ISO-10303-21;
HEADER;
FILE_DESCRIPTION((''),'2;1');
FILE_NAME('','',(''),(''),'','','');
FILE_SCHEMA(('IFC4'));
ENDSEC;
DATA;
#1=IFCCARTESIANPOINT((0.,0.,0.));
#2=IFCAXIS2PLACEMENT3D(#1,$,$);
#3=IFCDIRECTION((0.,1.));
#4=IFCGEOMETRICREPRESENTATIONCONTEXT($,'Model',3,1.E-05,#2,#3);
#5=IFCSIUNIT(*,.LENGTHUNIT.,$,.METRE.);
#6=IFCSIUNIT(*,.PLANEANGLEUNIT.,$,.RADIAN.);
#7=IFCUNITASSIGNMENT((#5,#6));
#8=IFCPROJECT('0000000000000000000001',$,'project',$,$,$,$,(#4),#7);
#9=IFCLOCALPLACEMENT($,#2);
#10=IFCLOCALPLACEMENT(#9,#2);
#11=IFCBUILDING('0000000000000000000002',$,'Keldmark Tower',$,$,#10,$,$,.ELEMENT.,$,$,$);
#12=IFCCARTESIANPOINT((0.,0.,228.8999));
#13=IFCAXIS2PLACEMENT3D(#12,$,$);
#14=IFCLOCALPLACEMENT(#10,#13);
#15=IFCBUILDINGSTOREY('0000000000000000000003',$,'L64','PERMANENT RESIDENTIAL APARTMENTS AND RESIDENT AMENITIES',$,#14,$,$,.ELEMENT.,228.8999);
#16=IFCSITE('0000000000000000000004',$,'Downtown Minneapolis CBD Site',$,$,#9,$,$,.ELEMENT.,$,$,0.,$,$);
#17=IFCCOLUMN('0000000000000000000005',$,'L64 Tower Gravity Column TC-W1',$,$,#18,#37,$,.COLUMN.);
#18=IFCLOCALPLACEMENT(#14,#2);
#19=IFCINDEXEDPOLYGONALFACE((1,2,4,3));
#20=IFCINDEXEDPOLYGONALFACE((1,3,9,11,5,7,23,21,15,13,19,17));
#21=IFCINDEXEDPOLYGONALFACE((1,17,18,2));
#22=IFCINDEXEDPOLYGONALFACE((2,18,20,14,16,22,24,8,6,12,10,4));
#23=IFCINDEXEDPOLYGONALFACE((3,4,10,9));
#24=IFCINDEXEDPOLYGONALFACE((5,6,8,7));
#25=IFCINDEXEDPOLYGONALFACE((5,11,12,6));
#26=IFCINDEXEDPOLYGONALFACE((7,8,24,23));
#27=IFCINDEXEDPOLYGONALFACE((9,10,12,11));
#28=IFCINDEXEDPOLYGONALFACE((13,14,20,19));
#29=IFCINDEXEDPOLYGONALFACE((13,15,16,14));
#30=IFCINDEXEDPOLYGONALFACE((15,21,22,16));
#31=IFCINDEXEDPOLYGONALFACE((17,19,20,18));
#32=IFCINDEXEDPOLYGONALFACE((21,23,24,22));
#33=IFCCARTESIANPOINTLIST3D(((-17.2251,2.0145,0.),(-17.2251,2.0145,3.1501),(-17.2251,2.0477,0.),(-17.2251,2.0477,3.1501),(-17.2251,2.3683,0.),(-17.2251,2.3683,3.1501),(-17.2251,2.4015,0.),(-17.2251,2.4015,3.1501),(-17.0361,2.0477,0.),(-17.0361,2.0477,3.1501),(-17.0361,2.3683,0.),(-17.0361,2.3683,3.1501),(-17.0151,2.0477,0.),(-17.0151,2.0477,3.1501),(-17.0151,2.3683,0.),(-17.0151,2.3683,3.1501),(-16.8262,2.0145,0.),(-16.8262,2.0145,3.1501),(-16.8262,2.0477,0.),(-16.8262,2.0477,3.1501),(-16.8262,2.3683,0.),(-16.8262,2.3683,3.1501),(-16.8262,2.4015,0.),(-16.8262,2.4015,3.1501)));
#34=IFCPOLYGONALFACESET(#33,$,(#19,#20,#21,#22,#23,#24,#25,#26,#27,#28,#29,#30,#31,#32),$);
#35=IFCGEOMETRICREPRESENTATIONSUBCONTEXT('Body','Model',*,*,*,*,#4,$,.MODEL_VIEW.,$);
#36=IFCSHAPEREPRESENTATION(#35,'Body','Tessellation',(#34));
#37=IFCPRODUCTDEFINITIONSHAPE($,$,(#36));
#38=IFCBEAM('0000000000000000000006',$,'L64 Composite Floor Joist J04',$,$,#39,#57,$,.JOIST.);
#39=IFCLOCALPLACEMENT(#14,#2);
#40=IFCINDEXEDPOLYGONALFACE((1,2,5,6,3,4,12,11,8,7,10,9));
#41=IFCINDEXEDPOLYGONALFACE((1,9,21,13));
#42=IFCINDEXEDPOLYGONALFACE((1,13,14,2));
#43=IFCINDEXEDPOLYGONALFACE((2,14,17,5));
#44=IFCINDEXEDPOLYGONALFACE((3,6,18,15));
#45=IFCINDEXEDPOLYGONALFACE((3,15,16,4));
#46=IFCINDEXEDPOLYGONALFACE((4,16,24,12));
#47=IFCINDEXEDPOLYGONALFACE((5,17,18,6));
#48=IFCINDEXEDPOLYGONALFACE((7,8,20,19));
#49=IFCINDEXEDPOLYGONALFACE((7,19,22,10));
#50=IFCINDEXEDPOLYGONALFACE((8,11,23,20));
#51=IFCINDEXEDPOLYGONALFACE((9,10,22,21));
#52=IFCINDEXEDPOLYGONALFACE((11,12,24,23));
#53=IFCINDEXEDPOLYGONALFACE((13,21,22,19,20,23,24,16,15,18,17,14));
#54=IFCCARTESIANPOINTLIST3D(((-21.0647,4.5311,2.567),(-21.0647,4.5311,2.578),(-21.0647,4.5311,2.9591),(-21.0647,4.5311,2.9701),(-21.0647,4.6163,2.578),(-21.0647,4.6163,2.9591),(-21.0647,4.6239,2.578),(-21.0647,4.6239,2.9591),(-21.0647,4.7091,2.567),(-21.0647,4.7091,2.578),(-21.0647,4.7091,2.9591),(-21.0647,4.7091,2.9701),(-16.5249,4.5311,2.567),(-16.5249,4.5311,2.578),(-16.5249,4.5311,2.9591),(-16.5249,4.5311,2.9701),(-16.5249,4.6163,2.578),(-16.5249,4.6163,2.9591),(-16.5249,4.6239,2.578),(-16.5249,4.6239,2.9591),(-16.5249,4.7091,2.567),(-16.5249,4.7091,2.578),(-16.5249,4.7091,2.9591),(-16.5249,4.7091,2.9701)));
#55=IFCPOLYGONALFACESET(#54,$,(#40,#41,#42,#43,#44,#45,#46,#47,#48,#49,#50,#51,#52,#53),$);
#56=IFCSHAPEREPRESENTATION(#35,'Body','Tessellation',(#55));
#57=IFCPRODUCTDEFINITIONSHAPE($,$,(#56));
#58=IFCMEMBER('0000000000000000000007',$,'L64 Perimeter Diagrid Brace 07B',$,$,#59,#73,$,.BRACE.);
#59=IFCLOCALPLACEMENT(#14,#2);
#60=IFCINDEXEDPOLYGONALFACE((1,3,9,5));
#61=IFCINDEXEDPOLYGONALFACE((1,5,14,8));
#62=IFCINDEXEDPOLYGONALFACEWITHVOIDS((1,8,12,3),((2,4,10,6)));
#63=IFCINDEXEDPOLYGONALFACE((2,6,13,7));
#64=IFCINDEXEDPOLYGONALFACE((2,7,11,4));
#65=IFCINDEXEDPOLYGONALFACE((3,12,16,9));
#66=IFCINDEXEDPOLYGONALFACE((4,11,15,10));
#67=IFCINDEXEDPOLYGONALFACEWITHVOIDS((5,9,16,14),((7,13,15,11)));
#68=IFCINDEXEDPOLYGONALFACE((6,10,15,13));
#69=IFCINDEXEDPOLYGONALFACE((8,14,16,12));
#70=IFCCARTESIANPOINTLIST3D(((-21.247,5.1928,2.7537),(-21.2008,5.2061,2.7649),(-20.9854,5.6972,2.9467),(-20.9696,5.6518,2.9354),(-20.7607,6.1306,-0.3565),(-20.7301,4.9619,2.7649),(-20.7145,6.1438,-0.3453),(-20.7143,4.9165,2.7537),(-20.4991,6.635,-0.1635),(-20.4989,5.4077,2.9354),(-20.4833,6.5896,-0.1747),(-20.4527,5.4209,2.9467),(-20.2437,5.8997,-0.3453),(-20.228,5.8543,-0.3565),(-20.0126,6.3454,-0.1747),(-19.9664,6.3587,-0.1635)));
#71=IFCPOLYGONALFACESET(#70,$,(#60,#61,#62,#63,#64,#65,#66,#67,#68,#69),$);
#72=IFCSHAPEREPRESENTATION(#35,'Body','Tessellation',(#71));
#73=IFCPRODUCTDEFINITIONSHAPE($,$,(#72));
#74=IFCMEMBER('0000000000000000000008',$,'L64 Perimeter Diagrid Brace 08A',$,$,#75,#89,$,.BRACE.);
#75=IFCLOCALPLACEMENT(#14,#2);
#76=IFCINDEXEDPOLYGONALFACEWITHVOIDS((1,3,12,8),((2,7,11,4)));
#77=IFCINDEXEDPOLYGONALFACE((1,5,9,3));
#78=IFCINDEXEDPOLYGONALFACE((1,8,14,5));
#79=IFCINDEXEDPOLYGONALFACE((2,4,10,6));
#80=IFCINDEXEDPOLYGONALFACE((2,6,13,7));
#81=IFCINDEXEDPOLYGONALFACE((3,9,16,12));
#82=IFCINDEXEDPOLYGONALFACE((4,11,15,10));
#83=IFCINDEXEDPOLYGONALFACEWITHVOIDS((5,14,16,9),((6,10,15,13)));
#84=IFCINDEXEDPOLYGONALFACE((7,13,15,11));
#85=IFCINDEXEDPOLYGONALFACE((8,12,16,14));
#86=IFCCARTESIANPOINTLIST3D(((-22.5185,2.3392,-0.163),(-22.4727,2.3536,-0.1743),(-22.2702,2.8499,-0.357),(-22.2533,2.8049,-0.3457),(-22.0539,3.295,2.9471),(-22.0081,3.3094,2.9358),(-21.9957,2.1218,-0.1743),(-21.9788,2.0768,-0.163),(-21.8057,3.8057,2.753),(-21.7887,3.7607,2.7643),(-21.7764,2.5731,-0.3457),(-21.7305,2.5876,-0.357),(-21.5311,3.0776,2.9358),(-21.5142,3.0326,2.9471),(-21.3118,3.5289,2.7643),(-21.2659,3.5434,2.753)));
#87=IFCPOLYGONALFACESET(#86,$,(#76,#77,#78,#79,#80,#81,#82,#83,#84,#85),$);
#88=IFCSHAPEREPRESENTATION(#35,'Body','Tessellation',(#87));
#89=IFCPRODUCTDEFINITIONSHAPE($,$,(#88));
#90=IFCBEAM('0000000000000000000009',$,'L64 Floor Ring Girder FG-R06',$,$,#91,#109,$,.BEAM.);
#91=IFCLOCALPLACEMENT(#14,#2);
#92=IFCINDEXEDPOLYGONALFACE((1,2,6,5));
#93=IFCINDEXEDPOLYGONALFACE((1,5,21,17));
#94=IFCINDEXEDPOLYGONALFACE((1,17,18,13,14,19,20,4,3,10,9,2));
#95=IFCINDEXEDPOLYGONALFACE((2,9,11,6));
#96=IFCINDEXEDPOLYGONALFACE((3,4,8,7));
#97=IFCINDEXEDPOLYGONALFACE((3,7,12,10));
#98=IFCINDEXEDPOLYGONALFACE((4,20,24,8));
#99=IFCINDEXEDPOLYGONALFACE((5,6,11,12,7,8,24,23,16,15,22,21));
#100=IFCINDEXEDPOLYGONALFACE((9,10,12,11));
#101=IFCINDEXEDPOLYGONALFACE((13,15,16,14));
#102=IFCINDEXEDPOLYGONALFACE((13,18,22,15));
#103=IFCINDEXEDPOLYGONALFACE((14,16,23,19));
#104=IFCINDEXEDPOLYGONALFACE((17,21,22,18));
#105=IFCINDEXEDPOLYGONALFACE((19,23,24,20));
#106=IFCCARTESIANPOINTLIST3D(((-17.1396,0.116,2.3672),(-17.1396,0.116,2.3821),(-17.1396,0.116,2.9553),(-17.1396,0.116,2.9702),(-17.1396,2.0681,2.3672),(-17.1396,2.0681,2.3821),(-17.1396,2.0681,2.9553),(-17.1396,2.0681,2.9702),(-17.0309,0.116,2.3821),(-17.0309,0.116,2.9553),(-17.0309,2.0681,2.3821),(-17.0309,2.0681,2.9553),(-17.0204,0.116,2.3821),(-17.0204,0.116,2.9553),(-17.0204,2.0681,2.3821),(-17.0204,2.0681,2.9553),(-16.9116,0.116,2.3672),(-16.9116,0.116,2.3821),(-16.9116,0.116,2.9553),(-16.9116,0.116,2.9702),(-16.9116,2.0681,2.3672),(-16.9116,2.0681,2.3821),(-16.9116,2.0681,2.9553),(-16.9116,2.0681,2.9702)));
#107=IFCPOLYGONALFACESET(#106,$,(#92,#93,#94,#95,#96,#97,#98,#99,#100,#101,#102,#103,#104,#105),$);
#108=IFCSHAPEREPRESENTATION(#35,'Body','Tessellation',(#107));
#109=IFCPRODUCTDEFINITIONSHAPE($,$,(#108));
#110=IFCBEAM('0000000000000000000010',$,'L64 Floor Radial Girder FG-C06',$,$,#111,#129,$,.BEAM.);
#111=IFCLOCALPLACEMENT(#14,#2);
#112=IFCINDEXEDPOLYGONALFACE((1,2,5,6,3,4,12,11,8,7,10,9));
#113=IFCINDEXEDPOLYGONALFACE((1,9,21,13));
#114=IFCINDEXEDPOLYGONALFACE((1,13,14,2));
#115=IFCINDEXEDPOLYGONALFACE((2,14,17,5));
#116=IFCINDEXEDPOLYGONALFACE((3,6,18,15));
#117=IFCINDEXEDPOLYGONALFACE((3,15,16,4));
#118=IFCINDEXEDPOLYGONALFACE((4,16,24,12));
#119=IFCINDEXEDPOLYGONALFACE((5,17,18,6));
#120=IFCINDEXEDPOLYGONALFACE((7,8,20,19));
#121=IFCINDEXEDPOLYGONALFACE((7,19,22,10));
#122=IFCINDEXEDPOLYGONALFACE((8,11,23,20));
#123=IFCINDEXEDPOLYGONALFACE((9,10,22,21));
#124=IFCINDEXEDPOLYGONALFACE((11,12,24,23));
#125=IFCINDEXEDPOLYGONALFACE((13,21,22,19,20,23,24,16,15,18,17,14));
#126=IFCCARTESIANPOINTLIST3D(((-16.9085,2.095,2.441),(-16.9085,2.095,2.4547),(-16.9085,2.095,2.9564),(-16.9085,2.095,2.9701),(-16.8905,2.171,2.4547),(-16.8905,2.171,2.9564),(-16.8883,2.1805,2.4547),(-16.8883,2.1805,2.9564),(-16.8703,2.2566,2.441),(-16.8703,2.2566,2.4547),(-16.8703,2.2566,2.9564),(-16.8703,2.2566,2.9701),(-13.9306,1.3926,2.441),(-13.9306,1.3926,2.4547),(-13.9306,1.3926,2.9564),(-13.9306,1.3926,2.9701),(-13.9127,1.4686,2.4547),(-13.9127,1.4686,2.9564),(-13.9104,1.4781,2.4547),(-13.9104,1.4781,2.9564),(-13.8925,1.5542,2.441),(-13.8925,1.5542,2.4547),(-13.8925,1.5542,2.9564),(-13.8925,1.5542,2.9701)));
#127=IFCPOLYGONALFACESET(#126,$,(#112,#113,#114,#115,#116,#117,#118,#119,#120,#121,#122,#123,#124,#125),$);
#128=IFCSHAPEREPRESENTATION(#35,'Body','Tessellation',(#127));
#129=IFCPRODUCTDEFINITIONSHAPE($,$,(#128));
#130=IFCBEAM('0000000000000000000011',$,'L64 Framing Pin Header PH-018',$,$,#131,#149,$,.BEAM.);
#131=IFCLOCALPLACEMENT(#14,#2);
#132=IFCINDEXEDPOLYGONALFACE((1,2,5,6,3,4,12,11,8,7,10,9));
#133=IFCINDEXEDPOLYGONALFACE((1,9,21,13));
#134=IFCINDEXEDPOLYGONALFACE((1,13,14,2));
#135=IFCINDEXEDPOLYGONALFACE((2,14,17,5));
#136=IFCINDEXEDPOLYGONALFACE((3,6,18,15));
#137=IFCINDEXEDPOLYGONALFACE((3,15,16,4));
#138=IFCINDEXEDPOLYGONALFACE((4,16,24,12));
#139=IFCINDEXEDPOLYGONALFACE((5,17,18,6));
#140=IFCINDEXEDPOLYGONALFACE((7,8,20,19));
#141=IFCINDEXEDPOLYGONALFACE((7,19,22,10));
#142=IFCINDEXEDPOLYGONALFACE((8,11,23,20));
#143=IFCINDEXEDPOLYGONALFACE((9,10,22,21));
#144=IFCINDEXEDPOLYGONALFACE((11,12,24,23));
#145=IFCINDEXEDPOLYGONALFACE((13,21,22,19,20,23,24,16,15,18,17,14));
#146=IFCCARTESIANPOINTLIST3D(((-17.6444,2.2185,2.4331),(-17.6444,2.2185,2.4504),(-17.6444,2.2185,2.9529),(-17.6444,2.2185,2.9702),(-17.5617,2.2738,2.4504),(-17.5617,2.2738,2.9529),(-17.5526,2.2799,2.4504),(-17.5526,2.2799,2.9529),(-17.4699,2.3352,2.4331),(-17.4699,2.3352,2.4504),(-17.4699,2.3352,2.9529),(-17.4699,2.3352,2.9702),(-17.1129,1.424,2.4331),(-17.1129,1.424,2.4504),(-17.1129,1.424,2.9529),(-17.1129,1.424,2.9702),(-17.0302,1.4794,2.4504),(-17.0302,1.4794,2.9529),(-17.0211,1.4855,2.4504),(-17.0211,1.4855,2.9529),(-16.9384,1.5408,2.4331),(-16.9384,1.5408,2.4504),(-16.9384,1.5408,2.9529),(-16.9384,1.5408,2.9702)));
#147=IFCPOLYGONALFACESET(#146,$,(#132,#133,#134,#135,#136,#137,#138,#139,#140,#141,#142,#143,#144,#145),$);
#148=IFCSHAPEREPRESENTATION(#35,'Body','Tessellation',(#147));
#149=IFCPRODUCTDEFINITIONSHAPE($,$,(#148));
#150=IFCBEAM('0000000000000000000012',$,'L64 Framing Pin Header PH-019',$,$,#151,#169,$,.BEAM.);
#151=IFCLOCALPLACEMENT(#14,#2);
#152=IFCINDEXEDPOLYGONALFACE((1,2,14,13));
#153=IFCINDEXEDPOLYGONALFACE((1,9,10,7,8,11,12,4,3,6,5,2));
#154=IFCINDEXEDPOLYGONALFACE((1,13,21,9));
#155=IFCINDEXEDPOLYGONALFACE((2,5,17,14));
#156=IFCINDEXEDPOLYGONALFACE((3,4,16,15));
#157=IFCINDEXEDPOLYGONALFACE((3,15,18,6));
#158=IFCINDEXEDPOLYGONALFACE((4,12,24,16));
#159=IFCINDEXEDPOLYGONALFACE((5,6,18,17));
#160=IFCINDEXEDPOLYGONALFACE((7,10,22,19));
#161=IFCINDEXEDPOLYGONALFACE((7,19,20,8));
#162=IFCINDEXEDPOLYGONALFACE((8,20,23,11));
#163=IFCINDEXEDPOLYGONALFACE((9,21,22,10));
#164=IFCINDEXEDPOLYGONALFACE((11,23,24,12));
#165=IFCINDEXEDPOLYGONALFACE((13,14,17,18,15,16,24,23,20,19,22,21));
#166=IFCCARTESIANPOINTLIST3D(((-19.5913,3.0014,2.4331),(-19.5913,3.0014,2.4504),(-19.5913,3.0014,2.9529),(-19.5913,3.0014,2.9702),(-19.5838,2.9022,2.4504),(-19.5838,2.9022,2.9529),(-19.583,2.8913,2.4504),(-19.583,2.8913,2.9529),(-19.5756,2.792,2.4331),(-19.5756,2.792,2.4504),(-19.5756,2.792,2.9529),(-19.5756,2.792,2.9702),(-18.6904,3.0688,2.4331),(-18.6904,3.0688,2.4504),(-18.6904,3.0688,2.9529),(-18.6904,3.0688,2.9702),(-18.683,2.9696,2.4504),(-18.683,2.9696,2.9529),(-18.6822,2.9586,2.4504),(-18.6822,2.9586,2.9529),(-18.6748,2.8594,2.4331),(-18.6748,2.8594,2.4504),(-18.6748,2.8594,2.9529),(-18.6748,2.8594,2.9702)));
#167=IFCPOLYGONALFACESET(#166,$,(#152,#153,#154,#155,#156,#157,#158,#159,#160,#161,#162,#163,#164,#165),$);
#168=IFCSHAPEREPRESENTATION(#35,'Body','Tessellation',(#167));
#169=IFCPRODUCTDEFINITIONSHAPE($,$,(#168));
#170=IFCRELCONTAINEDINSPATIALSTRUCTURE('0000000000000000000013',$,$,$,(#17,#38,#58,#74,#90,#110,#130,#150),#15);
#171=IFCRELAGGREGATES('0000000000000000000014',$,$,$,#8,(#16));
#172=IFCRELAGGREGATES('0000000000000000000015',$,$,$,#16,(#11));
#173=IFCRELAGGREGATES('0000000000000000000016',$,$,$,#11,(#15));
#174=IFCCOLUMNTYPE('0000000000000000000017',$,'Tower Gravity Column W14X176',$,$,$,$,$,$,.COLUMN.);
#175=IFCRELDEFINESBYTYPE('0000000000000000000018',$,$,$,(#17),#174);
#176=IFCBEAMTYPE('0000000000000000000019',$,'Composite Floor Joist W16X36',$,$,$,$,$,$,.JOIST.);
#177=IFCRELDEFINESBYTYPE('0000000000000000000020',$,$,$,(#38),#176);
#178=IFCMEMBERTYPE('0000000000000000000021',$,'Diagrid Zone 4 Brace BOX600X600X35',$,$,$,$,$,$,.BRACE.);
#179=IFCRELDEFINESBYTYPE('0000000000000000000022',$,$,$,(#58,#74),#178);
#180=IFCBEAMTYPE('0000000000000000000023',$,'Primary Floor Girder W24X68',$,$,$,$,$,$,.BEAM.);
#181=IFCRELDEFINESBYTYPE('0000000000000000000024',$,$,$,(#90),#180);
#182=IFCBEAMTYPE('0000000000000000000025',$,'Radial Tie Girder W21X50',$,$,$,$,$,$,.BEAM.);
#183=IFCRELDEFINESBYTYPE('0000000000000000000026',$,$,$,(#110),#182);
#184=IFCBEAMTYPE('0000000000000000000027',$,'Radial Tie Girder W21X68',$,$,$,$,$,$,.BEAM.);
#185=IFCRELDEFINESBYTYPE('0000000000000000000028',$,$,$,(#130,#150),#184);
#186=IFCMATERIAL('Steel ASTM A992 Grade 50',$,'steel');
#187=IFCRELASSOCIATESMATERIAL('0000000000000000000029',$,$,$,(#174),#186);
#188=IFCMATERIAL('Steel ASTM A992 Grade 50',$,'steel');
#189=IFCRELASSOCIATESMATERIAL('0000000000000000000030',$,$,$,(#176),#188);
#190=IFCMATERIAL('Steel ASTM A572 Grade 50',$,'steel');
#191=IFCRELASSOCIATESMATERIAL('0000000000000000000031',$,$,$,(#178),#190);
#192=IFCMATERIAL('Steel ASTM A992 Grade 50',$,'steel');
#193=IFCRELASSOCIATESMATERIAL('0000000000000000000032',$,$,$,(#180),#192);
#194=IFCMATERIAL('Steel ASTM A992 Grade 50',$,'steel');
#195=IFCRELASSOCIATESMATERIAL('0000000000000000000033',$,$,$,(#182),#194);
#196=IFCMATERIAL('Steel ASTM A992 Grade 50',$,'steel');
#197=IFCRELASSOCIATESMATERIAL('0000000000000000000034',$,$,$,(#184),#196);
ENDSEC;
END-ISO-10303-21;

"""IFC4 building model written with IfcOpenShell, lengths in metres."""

from ifc_helpers import new_model, si_unit, direction, frame, origin, origin_2d, place, context, subcontext, project, spatial, hollow_rectangle, i_section, extrude, material, material_profile, profile_set, type_object, element, save


model = new_model("IFC4")

# Units and contexts
model_context = context("Model", 3, precision=1e-05, world=origin(), true_north=direction((0.0, 1.0)))
body_context = subcontext(model_context, "Body", "Model", "MODEL_VIEW")
ifc_project = project(units=[si_unit("LENGTHUNIT", "METRE"), si_unit("PLANEANGLEUNIT", "RADIAN")], contexts=[model_context])

# Site, building, storey
site_placement = place(None, origin())
site = spatial("IfcSite", under=ifc_project, at=site_placement, Name="Downtown Minneapolis CBD Site", CompositionType="ELEMENT", RefElevation=0.0)
building_placement = place(site_placement, origin())
building = spatial("IfcBuilding", under=site, at=building_placement, Name="Keldmark Tower", CompositionType="ELEMENT")
storey_placement = place(building_placement, frame((0.0, 0.0, 228.8999)))
storey = spatial("IfcBuildingStorey", under=building, at=storey_placement, Name="L64", Description="PERMANENT RESIDENTIAL APARTMENTS AND RESIDENT AMENITIES", CompositionType="ELEMENT", Elevation=228.8999)

# Column
ifc_material_1 = material(Name="Steel ASTM A992 Grade 50", Category="steel")
ifc_material_profile_1 = material_profile(ifc_material_1, i_section(OverallWidth=0.3989, OverallDepth=0.387, WebThickness=0.021, FlangeThickness=0.0332, at=origin_2d()), Name="W14X176")
ifc_profile_set_1 = profile_set([ifc_material_profile_1], Name="Steel ASTM A992 Grade 50")
column_type = type_object("IfcColumnType", Name="Tower Gravity Column W14X176", PredefinedType="COLUMN", material=ifc_profile_set_1)
column_placement = place(storey_placement, frame((-17.0256, 2.208, 0.0), z_axis=(0.0, 0.0, 1.0), x_axis=(1.0, 0.0, 0.0)))
element("IfcColumn", 1, at=column_placement, inside=storey, type_object=column_type, Name="L64 Tower Gravity Column TC-W1", PredefinedType="COLUMN", context=body_context, shape_type="SweptSolid", body=[
    extrude(i_section(OverallWidth=0.3989, OverallDepth=0.387, WebThickness=0.021, FlangeThickness=0.0332, at=origin_2d()), origin(), (0.0, 0.0, 1.0), 3.1501),
])

# Beam
ifc_material_2 = material(Name="Steel ASTM A992 Grade 50", Category="steel")
ifc_material_profile_2 = material_profile(ifc_material_2, i_section(OverallWidth=0.178, OverallDepth=0.4031, WebThickness=0.0076, FlangeThickness=0.011, at=origin_2d()), Name="W16X36")
ifc_profile_set_2 = profile_set([ifc_material_profile_2], Name="Steel ASTM A992 Grade 50")
beam_type_1 = type_object("IfcBeamType", Name="Composite Floor Joist W16X36", PredefinedType="JOIST", material=ifc_profile_set_2)
beam_1_placement = place(storey_placement, frame((-21.0647, 4.6201, 2.7686), z_axis=(1.0, 0.0, 0.0), x_axis=(0.0, 1.0, 0.0)))
element("IfcBeam", 2, at=beam_1_placement, inside=storey, type_object=beam_type_1, Name="L64 Composite Floor Joist J04", PredefinedType="JOIST", context=body_context, shape_type="SweptSolid", body=[
    extrude(i_section(OverallWidth=0.178, OverallDepth=0.4031, WebThickness=0.0076, FlangeThickness=0.011, at=origin_2d()), origin(), (0.0, 0.0, 1.0), 4.5398),
])

# Members
ifc_material_3 = material(Name="Steel ASTM A572 Grade 50", Category="steel")
ifc_material_profile_3 = material_profile(ifc_material_3, hollow_rectangle(XDim=0.6001, YDim=0.6001, WallThickness=0.0349, at=origin_2d()), Name="BOX600X600X35")
ifc_profile_set_3 = profile_set([ifc_material_profile_3], Name="Steel ASTM A572 Grade 50")
member_type = type_object("IfcMemberType", Name="Diagrid Zone 4 Brace BOX600X600X35", PredefinedType="BRACE", material=ifc_profile_set_3)
member_1_placement = place(storey_placement, frame((-20.3635, 6.2446, -0.26), z_axis=(-0.148063, -0.285497, 0.946873), x_axis=(0.88772, -0.460385, 0.0)))
element("IfcMember", 3, at=member_1_placement, inside=storey, type_object=member_type, Name="L64 Perimeter Diagrid Brace 07B", PredefinedType="BRACE", context=body_context, shape_type="SweptSolid", body=[
    extrude(hollow_rectangle(XDim=0.6001, YDim=0.6001, WallThickness=0.0349, at=origin_2d()), origin(), (0.0, 0.0, 1.0), 3.2847),
])
member_2_placement = place(storey_placement, frame((-22.1245, 2.4634, -0.26), z_axis=(0.141359, 0.290814, 0.946279), x_axis=(-0.899379, 0.437169, 0.0)))
element("IfcMember", 4, at=member_2_placement, inside=storey, type_object=member_type, Name="L64 Perimeter Diagrid Brace 08A", PredefinedType="BRACE", context=body_context, shape_type="SweptSolid", body=[
    extrude(hollow_rectangle(XDim=0.6001, YDim=0.6001, WallThickness=0.0349, at=origin_2d()), origin(), (0.0, 0.0, 1.0), 3.2866),
])

# Beams
ifc_material_4 = material(Name="Steel ASTM A992 Grade 50", Category="steel")
ifc_material_profile_4 = material_profile(ifc_material_4, i_section(OverallWidth=0.228, OverallDepth=0.603, WebThickness=0.0105, FlangeThickness=0.0149, at=origin_2d()), Name="W24X68")
ifc_profile_set_4 = profile_set([ifc_material_profile_4], Name="Steel ASTM A992 Grade 50")
beam_type_2 = type_object("IfcBeamType", Name="Primary Floor Girder W24X68", PredefinedType="BEAM", material=ifc_profile_set_4)
beam_2_placement = place(storey_placement, frame((-17.0256, 2.0681, 2.6687), z_axis=(0.0, -1.0, 0.0), x_axis=(1.0, 0.0, 0.0)))
element("IfcBeam", 5, at=beam_2_placement, inside=storey, type_object=beam_type_2, Name="L64 Floor Ring Girder FG-R06", PredefinedType="BEAM", context=body_context, shape_type="SweptSolid", body=[
    extrude(i_section(OverallWidth=0.228, OverallDepth=0.603, WebThickness=0.0105, FlangeThickness=0.0149, at=origin_2d()), origin(), (0.0, 0.0, 1.0), 1.9521),
])
ifc_material_5 = material(Name="Steel ASTM A992 Grade 50", Category="steel")
ifc_material_profile_5 = material_profile(ifc_material_5, i_section(OverallWidth=0.166, OverallDepth=0.5291, WebThickness=0.0098, FlangeThickness=0.0137, at=origin_2d()), Name="W21X50")
ifc_profile_set_5 = profile_set([ifc_material_profile_5], Name="Steel ASTM A992 Grade 50")
beam_type_3 = type_object("IfcBeamType", Name="Radial Tie Girder W21X50", PredefinedType="BEAM", material=ifc_profile_set_5)
beam_3_placement = place(storey_placement, frame((-16.8894, 2.1758, 2.7056), z_axis=(0.97329, -0.229577, 0.0), x_axis=(0.229577, 0.97329, 0.0)))
element("IfcBeam", 6, at=beam_3_placement, inside=storey, type_object=beam_type_3, Name="L64 Floor Radial Girder FG-C06", PredefinedType="BEAM", context=body_context, shape_type="SweptSolid", body=[
    extrude(i_section(OverallWidth=0.166, OverallDepth=0.5291, WebThickness=0.0098, FlangeThickness=0.0137, at=origin_2d()), origin(), (0.0, 0.0, 1.0), 3.0596),
])
ifc_material_6 = material(Name="Steel ASTM A992 Grade 50", Category="steel")
ifc_material_profile_6 = material_profile(ifc_material_6, i_section(OverallWidth=0.21, OverallDepth=0.5371, WebThickness=0.011, FlangeThickness=0.0173, at=origin_2d()), Name="W21X68")
ifc_profile_set_6 = profile_set([ifc_material_profile_6], Name="Steel ASTM A992 Grade 50")
beam_type_4 = type_object("IfcBeamType", Name="Radial Tie Girder W21X68", PredefinedType="BEAM", material=ifc_profile_set_6)
beam_4_placement = place(storey_placement, frame((-17.0256, 1.4824, 2.7017), z_axis=(-0.556055, 0.831145, 0.0), x_axis=(-0.831145, -0.556055, 0.0)))
element("IfcBeam", 7, at=beam_4_placement, inside=storey, type_object=beam_type_4, Name="L64 Framing Pin Header PH-018", PredefinedType="BEAM", context=body_context, shape_type="SweptSolid", body=[
    extrude(i_section(OverallWidth=0.21, OverallDepth=0.5371, WebThickness=0.011, FlangeThickness=0.0173, at=origin_2d()), origin(), (0.0, 0.0, 1.0), 0.9558),
])
beam_5_placement = place(storey_placement, frame((-18.6826, 2.9641, 2.7017), z_axis=(-0.997214, -0.074588, 0.0), x_axis=(0.074588, -0.997214, 0.0)))
element("IfcBeam", 8, at=beam_5_placement, inside=storey, type_object=beam_type_4, Name="L64 Framing Pin Header PH-019", PredefinedType="BEAM", context=body_context, shape_type="SweptSolid", body=[
    extrude(i_section(OverallWidth=0.21, OverallDepth=0.5371, WebThickness=0.011, FlangeThickness=0.0173, at=origin_2d()), origin(), (0.0, 0.0, 1.0), 0.9033),
])

save(model, "model.ifc")
